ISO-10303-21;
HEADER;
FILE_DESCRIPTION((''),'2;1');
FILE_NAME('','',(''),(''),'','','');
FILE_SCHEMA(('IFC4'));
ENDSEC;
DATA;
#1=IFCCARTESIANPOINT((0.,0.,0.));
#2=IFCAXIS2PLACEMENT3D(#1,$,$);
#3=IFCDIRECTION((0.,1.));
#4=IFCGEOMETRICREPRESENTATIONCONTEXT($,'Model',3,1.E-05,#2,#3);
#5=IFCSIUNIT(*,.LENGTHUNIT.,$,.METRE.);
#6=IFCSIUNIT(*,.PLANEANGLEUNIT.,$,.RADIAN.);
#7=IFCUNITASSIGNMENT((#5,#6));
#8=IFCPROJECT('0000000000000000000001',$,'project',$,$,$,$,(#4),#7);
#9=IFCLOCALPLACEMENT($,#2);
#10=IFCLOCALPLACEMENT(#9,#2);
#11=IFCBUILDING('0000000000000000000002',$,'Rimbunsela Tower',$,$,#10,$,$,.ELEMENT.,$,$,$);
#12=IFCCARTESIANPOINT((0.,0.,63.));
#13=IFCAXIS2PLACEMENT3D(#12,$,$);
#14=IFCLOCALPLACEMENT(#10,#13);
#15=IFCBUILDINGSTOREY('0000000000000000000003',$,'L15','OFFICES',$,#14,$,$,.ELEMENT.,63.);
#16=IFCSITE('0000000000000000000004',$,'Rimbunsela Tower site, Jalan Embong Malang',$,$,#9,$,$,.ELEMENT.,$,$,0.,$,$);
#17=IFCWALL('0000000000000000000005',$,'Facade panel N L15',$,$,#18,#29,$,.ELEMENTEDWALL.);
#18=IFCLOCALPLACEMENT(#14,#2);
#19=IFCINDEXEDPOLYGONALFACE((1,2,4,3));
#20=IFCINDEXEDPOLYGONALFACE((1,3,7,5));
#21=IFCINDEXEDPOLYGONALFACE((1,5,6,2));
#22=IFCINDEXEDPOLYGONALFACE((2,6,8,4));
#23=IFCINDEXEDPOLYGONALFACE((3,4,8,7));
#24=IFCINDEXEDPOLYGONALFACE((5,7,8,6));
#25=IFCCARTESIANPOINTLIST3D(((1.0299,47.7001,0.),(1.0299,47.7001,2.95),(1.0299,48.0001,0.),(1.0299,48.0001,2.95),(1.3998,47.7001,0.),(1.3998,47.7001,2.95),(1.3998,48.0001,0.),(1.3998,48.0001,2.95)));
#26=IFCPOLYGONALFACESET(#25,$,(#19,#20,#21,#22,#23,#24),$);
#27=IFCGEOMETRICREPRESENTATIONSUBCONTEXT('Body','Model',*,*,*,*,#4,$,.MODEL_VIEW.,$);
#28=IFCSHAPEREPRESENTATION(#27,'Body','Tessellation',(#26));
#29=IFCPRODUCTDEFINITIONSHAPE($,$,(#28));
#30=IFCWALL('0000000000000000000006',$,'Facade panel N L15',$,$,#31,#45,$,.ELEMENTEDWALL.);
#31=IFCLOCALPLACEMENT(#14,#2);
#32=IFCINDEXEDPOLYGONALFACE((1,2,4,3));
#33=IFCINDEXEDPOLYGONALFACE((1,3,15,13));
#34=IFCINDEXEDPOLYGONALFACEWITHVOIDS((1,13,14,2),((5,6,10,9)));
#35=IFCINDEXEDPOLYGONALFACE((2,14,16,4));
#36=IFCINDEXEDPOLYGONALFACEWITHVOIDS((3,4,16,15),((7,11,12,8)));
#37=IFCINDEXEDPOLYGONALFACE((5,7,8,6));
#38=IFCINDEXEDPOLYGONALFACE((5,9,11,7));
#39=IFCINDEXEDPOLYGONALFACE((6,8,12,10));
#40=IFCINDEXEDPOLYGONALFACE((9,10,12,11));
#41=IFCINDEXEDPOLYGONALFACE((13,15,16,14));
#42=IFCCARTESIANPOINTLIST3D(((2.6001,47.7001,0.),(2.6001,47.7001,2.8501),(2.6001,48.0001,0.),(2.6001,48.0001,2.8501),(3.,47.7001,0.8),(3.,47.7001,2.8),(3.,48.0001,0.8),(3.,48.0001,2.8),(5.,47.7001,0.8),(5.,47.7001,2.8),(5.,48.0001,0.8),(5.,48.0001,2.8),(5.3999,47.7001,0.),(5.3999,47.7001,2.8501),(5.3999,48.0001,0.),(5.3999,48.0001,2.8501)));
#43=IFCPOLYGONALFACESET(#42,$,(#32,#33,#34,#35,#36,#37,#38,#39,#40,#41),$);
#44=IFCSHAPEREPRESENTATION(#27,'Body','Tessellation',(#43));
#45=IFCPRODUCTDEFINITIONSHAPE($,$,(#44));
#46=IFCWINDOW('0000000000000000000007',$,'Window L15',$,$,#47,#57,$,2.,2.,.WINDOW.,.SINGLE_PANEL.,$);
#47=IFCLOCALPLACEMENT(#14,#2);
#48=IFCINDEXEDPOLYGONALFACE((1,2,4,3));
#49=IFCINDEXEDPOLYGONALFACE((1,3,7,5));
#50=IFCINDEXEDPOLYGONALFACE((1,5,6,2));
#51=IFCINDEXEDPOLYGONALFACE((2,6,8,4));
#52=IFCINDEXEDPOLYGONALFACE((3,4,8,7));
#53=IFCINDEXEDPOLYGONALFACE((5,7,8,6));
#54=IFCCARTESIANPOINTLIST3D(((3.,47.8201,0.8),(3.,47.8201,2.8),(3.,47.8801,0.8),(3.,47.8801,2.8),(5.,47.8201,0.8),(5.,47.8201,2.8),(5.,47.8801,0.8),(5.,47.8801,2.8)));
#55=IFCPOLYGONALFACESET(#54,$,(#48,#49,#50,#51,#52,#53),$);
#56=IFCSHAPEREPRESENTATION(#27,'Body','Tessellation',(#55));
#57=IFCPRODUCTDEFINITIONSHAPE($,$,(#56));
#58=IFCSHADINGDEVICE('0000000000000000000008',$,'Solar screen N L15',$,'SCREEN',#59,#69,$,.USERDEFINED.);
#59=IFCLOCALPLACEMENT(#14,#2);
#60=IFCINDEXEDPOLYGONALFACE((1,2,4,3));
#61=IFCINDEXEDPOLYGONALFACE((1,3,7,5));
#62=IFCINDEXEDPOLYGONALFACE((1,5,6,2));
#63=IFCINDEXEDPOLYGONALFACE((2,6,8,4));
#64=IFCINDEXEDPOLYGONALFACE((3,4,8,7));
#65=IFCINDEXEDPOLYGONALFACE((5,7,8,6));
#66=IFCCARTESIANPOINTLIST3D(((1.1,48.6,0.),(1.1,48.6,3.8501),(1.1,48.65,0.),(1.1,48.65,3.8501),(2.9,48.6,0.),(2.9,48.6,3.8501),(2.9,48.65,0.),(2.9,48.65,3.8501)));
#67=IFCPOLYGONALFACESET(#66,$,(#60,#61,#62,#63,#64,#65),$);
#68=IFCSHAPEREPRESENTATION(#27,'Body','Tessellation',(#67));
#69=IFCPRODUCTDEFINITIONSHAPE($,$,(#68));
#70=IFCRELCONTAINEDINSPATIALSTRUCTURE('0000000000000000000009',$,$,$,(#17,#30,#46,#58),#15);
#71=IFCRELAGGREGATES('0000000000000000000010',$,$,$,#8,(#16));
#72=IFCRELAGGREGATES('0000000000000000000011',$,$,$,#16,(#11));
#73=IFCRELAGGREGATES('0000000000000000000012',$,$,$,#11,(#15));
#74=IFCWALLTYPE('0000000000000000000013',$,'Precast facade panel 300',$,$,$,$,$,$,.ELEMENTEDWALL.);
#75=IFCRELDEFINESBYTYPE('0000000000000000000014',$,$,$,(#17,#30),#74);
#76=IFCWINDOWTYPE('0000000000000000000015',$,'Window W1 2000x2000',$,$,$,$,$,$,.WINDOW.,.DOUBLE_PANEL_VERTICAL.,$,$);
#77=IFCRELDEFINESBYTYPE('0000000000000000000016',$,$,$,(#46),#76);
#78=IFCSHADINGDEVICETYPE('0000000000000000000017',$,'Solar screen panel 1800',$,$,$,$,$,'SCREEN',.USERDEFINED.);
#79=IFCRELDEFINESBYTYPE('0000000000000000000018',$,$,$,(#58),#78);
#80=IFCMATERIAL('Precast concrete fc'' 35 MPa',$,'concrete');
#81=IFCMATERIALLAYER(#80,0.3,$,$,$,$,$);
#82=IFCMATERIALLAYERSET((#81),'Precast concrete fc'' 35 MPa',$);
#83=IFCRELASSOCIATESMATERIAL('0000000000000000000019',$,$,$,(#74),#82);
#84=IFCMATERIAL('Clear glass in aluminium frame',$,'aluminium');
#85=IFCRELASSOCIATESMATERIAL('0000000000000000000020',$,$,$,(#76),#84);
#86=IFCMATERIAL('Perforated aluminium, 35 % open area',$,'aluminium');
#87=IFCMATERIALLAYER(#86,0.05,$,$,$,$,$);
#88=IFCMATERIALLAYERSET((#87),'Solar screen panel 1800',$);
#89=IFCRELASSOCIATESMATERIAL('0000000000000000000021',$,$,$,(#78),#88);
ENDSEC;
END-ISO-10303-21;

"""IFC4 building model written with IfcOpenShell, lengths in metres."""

from ifc_helpers import new_model, si_unit, direction, frame, frame_2d, origin, origin_2d, place, context, subcontext, project, spatial, rectangle, extrude, material, layer, layer_set, type_object, element, fill, save


model = new_model("IFC4")

# Units and contexts
model_context = context("Model", 3, precision=1e-05, world=origin(), true_north=direction((0.0, 1.0)))
body_context = subcontext(model_context, "Body", "Model", "MODEL_VIEW")
ifc_project = project(units=[si_unit("LENGTHUNIT", "METRE"), si_unit("PLANEANGLEUNIT", "RADIAN")], contexts=[model_context])

# Site, building, storey
site_placement = place(None, origin())
site = spatial("IfcSite", under=ifc_project, at=site_placement, Name="Rimbunsela Tower site, Jalan Embong Malang", CompositionType="ELEMENT", RefElevation=0.0)
building_placement = place(site_placement, origin())
building = spatial("IfcBuilding", under=site, at=building_placement, Name="Rimbunsela Tower", CompositionType="ELEMENT")
storey_placement = place(building_placement, frame((0.0, 0.0, 63.0)))
storey = spatial("IfcBuildingStorey", under=building, at=storey_placement, Name="L15", Description="OFFICES", CompositionType="ELEMENT", Elevation=63.0)

# Wall
ifc_material_1 = material(Name="Precast concrete fc' 35 MPa", Category="concrete")
ifc_layer_1 = layer(ifc_material_1, 0.3)
ifc_layer_set_1 = layer_set([ifc_layer_1], Name="Precast concrete fc' 35 MPa")
wall_type = type_object("IfcWallType", Name="Precast facade panel 300", PredefinedType="ELEMENTEDWALL", material=ifc_layer_set_1)
wall_1_placement = place(storey_placement, frame((1.3999, 47.8501, 0.0), z_axis=(0.0, 0.0, 1.0), x_axis=(-1.0, 0.0, 0.0)))
element("IfcWall", 1, at=wall_1_placement, inside=storey, type_object=wall_type, Name="Facade panel N L15", PredefinedType="ELEMENTEDWALL", context=body_context, shape_type="SweptSolid", body=[
    extrude(rectangle(XDim=0.3699, YDim=0.3, at=frame_2d((0.1851, 0.0))), origin(), (0.0, 0.0, 1.0), 2.95),
])

# Wall, opening, window
wall_2_placement = place(storey_placement, frame((5.3999, 47.8501, 0.0), z_axis=(0.0, 0.0, 1.0), x_axis=(-1.0, 0.0, 0.0)))
wall_2 = element("IfcWall", 2, at=wall_2_placement, inside=storey, type_object=wall_type, Name="Facade panel N L15", PredefinedType="ELEMENTEDWALL", context=body_context, shape_type="SweptSolid", body=[
    extrude(rectangle(XDim=2.7998, YDim=0.3, at=frame_2d((1.3999, 0.0))), origin(), (0.0, 0.0, 1.0), 2.8501),
])
opening_placement = place(wall_2_placement, frame((0.3999, 0.0, 0.8)))
opening = element("IfcOpeningElement", 3, at=opening_placement, cuts=wall_2, PredefinedType="OPENING", context=body_context, shape_type="SweptSolid", body=[
    extrude(rectangle(XDim=2.0, YDim=2.0, at=frame_2d((1.0, 1.0))), frame((0.0, 0.1599, 0.0), z_axis=(0.0, -1.0, 0.0), x_axis=(1.0, 0.0, 0.0)), (0.0, 0.0, 1.0), 0.3201),
])
ifc_material_2 = material(Name="Clear glass in aluminium frame", Category="aluminium")
window_type = type_object("IfcWindowType", Name="Window W1 2000x2000", PartitioningType="DOUBLE_PANEL_VERTICAL", PredefinedType="WINDOW", material=ifc_material_2)
window_placement = place(opening_placement, origin())
window = element("IfcWindow", 4, at=window_placement, inside=storey, type_object=window_type, Name="Window L15", OverallHeight=2.0, OverallWidth=2.0, PartitioningType="SINGLE_PANEL", PredefinedType="WINDOW", context=body_context, shape_type="SweptSolid", body=[
    extrude(rectangle(XDim=2.0, YDim=2.0, at=frame_2d((1.0, 1.0))), frame((0.0, 0.03, 0.0), z_axis=(0.0, -1.0, 0.0), x_axis=(1.0, 0.0, 0.0)), (0.0, 0.0, 1.0), 0.0601),
])
fill(opening, window)

# Shading device
ifc_material_3 = material(Name="Perforated aluminium, 35 % open area", Category="aluminium")
ifc_layer_2 = layer(ifc_material_3, 0.05)
ifc_layer_set_2 = layer_set([ifc_layer_2], Name="Solar screen panel 1800")
shading_device_type = type_object("IfcShadingDeviceType", Name="Solar screen panel 1800", ElementType="SCREEN", PredefinedType="USERDEFINED", material=ifc_layer_set_2)
shading_device_placement = place(storey_placement, frame((2.0, 48.625, 0.0), z_axis=(0.0, 0.0, 1.0), x_axis=(1.0, 0.0, 0.0)))
element("IfcShadingDevice", 5, at=shading_device_placement, inside=storey, type_object=shading_device_type, Name="Solar screen N L15", ObjectType="SCREEN", PredefinedType="USERDEFINED", context=body_context, shape_type="SweptSolid", body=[
    extrude(rectangle(XDim=1.8, YDim=0.05, at=origin_2d()), origin(), (0.0, 0.0, 1.0), 3.8501),
])

save(model, "model.ifc")
